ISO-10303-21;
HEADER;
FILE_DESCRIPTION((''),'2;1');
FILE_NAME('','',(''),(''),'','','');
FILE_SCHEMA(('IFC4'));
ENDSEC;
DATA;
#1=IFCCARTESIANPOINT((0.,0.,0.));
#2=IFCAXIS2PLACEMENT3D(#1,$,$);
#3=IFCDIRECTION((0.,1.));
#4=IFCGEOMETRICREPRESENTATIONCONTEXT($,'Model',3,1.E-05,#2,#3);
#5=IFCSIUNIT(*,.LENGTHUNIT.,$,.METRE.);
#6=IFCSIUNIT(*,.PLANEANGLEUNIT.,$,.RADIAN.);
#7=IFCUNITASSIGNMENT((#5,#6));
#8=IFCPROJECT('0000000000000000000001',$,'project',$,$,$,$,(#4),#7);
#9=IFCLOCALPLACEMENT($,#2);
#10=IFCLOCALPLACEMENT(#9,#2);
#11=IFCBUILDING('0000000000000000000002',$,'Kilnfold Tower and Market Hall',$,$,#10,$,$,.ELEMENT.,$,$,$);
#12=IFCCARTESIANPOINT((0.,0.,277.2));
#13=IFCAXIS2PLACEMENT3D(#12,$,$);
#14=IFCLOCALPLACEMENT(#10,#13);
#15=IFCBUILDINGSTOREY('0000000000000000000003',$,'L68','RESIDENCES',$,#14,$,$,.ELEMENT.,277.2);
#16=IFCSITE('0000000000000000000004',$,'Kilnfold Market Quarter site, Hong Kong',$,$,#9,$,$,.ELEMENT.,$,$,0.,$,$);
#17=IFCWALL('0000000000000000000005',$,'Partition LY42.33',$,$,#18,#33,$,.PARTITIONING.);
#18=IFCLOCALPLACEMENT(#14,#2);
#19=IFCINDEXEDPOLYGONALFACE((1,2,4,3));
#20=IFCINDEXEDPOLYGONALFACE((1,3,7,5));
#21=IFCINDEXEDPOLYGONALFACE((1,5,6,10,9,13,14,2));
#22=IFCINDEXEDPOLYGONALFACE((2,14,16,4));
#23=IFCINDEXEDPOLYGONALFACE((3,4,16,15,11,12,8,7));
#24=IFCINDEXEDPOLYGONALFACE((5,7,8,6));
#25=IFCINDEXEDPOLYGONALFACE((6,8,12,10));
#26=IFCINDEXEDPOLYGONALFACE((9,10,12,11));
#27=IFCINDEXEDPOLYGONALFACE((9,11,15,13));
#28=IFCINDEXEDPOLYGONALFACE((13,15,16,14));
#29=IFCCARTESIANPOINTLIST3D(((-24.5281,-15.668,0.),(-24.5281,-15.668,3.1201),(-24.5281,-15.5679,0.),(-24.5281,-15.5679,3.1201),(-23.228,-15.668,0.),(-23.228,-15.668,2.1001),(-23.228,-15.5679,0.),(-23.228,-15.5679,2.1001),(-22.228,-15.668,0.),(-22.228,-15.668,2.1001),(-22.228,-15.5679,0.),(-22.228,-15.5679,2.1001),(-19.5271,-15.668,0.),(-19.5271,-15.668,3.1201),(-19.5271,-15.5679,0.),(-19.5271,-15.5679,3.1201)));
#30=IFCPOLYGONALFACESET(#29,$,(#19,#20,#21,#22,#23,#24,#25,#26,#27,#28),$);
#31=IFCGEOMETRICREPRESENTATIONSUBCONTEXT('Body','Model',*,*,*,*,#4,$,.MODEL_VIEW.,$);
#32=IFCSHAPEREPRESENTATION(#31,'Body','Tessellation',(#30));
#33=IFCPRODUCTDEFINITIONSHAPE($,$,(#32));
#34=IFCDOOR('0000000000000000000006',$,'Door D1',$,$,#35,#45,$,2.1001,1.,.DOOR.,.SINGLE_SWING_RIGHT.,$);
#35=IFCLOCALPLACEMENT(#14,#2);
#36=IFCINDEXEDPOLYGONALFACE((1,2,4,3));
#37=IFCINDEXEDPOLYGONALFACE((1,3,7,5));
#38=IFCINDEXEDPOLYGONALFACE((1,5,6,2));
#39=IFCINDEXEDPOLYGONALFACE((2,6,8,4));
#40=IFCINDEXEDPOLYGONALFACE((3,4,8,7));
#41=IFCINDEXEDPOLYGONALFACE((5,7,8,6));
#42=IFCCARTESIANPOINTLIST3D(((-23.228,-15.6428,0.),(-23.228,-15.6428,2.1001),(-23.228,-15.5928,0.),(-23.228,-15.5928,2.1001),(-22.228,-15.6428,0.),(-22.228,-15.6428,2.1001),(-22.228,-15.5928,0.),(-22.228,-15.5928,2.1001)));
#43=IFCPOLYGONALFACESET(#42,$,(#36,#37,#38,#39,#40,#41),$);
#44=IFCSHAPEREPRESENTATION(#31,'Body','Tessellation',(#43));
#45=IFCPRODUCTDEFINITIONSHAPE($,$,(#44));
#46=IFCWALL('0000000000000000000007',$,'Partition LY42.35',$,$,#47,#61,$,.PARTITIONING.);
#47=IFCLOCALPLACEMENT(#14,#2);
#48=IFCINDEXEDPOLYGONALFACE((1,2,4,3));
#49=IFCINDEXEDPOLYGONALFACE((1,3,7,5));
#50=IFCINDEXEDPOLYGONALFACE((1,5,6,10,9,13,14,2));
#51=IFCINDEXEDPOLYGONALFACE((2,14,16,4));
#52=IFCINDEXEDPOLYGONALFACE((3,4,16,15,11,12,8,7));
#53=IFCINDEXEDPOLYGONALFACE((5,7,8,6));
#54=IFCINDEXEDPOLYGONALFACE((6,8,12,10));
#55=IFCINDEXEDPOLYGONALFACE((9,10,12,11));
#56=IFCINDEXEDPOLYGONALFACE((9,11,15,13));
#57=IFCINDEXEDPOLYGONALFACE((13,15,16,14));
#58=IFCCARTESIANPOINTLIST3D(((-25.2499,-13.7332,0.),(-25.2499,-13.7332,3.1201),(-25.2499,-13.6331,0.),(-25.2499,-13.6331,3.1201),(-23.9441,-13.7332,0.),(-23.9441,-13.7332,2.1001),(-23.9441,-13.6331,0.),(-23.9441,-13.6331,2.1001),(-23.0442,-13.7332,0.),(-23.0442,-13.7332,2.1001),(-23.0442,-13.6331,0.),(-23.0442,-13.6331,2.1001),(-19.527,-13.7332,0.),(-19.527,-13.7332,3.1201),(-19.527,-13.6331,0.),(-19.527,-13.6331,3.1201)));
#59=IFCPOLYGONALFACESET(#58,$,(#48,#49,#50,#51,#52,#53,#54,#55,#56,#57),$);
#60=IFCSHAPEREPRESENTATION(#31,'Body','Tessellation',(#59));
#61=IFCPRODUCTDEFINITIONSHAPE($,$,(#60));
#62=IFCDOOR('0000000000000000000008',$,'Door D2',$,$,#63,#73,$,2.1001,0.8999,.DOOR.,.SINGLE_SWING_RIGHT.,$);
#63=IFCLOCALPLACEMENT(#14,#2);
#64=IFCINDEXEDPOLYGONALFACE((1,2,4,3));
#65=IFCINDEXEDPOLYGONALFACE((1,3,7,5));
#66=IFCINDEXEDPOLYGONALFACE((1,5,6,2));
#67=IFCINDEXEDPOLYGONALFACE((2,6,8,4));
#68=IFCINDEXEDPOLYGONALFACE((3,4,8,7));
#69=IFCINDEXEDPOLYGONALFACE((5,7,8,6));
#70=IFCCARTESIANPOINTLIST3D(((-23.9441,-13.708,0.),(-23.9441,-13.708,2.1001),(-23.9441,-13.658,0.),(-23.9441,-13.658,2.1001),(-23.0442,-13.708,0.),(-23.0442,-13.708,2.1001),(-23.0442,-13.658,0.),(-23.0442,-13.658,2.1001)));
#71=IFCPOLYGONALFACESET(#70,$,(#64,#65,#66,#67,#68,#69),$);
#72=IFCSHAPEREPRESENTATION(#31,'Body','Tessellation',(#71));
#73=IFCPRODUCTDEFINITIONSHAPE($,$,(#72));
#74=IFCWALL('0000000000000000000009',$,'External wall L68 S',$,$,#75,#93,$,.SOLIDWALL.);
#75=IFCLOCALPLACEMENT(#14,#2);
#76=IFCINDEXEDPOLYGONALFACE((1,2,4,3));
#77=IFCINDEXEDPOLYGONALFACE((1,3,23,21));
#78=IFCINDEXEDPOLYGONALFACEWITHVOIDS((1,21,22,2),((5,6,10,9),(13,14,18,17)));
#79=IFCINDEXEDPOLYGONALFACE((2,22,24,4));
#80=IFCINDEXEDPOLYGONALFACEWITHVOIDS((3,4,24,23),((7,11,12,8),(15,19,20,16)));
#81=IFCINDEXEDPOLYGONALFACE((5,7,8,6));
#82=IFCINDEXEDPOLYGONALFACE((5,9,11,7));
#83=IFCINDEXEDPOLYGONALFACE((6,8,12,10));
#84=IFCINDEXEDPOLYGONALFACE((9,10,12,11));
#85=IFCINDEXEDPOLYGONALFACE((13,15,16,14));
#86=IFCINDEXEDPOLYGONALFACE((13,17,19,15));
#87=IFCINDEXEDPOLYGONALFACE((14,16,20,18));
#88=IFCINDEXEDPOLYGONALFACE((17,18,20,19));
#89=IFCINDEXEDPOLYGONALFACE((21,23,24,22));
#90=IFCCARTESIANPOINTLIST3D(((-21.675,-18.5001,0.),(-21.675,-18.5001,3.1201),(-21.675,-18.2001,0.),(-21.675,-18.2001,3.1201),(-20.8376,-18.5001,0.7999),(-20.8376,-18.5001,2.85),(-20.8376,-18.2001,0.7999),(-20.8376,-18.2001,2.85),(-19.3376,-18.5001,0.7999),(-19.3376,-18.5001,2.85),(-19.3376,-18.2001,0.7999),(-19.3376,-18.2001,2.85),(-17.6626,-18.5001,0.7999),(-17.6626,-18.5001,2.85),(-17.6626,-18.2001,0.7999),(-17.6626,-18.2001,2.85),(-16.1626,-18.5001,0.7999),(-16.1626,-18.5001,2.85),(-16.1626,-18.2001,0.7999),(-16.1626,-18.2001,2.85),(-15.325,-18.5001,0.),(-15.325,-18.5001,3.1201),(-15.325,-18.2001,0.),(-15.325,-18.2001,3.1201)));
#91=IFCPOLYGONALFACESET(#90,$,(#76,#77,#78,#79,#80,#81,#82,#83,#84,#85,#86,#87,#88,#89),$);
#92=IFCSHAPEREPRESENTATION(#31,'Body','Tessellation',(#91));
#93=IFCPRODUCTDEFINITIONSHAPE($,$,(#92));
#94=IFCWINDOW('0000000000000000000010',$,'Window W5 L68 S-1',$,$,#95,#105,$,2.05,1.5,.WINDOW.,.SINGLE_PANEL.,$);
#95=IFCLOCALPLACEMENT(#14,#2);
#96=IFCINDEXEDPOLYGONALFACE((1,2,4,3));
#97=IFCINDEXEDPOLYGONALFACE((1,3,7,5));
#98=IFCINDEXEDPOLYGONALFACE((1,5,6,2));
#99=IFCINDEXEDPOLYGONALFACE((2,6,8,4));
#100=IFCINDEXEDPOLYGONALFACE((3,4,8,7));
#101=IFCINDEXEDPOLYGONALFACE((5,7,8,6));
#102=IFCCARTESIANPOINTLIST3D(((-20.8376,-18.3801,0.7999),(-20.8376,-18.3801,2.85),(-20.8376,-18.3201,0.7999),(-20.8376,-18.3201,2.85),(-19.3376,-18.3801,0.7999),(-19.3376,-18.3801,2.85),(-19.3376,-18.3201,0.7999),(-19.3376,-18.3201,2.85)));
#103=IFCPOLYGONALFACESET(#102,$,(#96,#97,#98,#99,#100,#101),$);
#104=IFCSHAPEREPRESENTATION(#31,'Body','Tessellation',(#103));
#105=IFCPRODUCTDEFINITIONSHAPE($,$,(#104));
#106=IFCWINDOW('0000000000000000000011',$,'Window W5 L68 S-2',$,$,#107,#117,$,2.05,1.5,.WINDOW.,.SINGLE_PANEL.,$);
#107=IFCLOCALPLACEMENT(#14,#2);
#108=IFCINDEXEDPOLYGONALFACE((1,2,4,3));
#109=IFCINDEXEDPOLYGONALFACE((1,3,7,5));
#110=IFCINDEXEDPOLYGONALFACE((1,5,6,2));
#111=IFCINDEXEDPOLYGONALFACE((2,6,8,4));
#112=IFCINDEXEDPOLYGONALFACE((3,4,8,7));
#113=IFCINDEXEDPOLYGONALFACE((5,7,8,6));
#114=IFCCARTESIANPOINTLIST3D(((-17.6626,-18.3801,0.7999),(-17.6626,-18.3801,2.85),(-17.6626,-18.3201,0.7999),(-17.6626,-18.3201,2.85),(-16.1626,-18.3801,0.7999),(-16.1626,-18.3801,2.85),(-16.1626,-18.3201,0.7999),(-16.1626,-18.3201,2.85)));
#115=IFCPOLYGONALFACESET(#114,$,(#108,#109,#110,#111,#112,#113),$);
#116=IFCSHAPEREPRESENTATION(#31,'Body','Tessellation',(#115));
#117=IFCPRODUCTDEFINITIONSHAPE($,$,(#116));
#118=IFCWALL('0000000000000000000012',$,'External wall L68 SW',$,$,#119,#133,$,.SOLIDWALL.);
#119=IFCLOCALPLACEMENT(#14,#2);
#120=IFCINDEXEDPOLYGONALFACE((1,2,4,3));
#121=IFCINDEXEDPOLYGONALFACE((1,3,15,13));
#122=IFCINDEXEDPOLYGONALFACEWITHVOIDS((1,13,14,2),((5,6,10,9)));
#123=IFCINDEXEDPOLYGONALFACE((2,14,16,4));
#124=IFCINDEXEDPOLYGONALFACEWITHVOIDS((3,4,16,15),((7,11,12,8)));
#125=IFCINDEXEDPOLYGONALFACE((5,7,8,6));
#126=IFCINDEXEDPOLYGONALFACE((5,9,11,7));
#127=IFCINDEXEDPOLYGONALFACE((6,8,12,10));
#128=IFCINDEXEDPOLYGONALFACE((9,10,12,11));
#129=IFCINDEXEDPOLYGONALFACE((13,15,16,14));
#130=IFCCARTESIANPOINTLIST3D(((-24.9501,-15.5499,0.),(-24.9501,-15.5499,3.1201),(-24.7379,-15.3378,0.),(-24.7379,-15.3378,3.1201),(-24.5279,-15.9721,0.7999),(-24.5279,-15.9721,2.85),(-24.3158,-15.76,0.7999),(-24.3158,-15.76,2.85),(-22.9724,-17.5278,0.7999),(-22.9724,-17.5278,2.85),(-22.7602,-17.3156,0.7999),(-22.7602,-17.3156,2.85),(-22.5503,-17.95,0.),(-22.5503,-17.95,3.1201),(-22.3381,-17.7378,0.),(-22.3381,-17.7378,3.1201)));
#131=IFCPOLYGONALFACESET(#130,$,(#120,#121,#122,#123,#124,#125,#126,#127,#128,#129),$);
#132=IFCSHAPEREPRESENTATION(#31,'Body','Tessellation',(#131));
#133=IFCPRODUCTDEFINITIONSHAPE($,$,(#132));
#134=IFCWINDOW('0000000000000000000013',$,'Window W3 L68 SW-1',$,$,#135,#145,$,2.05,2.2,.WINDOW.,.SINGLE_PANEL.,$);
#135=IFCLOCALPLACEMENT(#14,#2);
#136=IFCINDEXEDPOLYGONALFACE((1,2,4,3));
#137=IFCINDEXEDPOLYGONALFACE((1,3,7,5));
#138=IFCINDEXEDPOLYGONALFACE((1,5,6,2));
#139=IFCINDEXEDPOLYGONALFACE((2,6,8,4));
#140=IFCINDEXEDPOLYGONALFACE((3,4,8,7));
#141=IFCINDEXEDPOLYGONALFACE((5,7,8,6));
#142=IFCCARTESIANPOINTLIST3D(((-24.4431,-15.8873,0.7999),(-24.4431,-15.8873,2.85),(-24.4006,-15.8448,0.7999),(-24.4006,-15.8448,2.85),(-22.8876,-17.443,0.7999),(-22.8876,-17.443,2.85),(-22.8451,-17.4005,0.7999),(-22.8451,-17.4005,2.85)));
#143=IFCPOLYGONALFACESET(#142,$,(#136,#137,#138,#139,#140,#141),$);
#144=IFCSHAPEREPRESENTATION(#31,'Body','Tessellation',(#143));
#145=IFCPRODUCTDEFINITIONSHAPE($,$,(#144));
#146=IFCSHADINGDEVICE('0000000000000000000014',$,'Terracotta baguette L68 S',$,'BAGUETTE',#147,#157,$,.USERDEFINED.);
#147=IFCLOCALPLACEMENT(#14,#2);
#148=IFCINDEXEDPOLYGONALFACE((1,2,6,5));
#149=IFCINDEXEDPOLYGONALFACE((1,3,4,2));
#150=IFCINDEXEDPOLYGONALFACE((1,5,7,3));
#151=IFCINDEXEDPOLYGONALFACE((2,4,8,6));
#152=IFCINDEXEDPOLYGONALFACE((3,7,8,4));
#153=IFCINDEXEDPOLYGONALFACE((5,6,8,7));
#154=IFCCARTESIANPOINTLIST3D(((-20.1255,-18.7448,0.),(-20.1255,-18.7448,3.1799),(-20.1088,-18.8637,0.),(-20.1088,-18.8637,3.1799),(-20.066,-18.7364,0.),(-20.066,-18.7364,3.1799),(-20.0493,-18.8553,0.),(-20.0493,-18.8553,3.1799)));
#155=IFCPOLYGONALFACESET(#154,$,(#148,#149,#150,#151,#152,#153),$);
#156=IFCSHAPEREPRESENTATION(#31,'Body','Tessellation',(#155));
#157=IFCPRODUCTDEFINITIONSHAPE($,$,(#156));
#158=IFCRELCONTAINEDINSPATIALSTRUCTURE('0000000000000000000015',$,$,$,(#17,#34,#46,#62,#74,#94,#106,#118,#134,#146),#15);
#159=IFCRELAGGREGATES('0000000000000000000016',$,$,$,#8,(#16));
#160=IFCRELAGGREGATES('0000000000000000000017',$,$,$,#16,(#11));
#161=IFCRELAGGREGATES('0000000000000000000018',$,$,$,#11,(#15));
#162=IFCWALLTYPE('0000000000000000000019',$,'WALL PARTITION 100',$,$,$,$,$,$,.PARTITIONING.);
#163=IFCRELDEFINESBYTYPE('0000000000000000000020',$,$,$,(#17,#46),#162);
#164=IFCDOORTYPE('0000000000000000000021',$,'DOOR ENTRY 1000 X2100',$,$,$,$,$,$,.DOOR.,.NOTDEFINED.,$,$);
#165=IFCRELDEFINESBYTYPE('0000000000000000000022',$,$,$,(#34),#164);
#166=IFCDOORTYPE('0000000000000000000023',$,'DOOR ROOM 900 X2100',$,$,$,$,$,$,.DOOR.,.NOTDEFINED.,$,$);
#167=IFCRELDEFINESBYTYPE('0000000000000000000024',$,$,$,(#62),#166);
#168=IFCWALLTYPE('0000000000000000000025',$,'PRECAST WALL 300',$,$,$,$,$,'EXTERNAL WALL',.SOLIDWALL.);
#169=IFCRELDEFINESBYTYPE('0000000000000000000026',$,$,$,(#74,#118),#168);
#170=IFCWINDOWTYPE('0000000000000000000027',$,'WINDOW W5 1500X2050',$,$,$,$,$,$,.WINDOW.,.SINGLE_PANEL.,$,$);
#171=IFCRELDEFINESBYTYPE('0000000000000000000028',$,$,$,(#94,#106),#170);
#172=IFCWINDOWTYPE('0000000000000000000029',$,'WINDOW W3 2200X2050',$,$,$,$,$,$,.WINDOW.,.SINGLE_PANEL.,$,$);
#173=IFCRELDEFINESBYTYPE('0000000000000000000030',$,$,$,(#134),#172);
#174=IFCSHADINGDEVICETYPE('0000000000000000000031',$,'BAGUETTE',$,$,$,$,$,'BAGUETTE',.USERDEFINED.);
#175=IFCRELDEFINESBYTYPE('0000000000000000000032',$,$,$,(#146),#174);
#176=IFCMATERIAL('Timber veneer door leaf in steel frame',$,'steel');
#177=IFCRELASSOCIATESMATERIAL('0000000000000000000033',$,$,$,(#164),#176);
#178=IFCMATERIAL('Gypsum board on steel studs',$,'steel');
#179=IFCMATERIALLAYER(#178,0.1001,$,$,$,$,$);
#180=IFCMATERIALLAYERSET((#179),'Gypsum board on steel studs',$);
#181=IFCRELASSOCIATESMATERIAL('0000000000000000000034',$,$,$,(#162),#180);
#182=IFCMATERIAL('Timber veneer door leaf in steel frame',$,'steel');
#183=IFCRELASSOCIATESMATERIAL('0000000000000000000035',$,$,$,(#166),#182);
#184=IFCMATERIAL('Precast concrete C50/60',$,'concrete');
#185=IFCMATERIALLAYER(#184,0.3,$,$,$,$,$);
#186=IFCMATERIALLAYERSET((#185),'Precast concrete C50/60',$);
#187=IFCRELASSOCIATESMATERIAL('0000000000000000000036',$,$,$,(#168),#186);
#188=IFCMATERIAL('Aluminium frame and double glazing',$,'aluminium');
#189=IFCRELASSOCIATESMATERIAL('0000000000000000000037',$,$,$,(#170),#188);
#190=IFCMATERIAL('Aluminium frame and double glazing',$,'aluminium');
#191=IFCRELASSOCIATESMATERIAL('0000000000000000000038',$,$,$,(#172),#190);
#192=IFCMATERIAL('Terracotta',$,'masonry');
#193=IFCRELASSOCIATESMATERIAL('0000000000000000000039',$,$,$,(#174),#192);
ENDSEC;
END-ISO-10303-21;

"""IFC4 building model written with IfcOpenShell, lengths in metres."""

from ifc_helpers import new_model, si_unit, direction, frame, frame_2d, origin, origin_2d, place, context, subcontext, project, spatial, rectangle, extrude, source, transform, mapped, material, layer, layer_set, material_profile, profile_set, type_object, element, fill, save


model = new_model("IFC4")

# Units and contexts
model_context = context("Model", 3, precision=1e-05, world=origin(), true_north=direction((0.0, 1.0)))
body_context = subcontext(model_context, "Body", "Model", "MODEL_VIEW")
ifc_project = project(units=[si_unit("LENGTHUNIT", "METRE"), si_unit("PLANEANGLEUNIT", "RADIAN")], contexts=[model_context])

# Site, building, storey
site_placement = place(None, origin())
site = spatial("IfcSite", under=ifc_project, at=site_placement, Name="Kilnfold Market Quarter site, Hong Kong", CompositionType="ELEMENT", RefElevation=0.0)
building_placement = place(site_placement, origin())
building = spatial("IfcBuilding", under=site, at=building_placement, Name="Kilnfold Tower and Market Hall", CompositionType="ELEMENT")
storey_placement = place(building_placement, frame((0.0, 0.0, 277.2)))
storey = spatial("IfcBuildingStorey", under=building, at=storey_placement, Name="L68", Description="RESIDENCES", CompositionType="ELEMENT", Elevation=277.2)

# Shared definitions
ifc_material_1 = material(Name="Timber veneer door leaf in steel frame", Category="steel")
door_type_1 = type_object("IfcDoorType", Name="DOOR ENTRY 1000 X2100", OperationType="NOTDEFINED", PredefinedType="DOOR", material=ifc_material_1)

# Walls, openings, doors
ifc_material_2 = material(Name="Gypsum board on steel studs", Category="steel")
ifc_layer_1 = layer(ifc_material_2, 0.1001)
ifc_layer_set_1 = layer_set([ifc_layer_1], Name="Gypsum board on steel studs")
wall_type_1 = type_object("IfcWallType", Name="WALL PARTITION 100", PredefinedType="PARTITIONING", material=ifc_layer_set_1)
wall_1_placement = place(storey_placement, frame((-19.5271, -15.6179, 0.0), z_axis=(0.0, 0.0, 1.0), x_axis=(-1.0, 0.0, 0.0)))
wall_1 = element("IfcWall", 1, at=wall_1_placement, inside=storey, type_object=wall_type_1, Name="Partition LY42.33", PredefinedType="PARTITIONING", context=body_context, shape_type="SweptSolid", body=[
    extrude(rectangle(XDim=5.001, YDim=0.1001, at=frame_2d((2.5005, 0.0))), origin(), (0.0, 0.0, 1.0), 3.1201),
])
opening_1_placement = place(wall_1_placement, frame((2.7009, 0.0, 0.0)))
opening_1 = element("IfcOpeningElement", 2, at=opening_1_placement, cuts=wall_1, PredefinedType="OPENING", context=body_context, shape_type="SweptSolid", body=[
    extrude(rectangle(XDim=1.0, YDim=2.1001, at=frame_2d((0.5, 1.05))), frame((0.0, 0.0601, 0.0), z_axis=(0.0, -1.0, 0.0), x_axis=(1.0, 0.0, 0.0)), (0.0, 0.0, 1.0), 0.1201),
])
door_1_placement = place(opening_1_placement, origin())
door_1 = element("IfcDoor", 3, at=door_1_placement, inside=storey, type_object=door_type_1, Name="Door D1", OperationType="SINGLE_SWING_RIGHT", OverallHeight=2.1001, OverallWidth=1.0, PredefinedType="DOOR", context=body_context, shape_type="SweptSolid", body=[
    extrude(rectangle(XDim=1.0, YDim=2.1001, at=frame_2d((0.5, 1.05))), frame((0.0, 0.0249, 0.0), z_axis=(0.0, -1.0, 0.0), x_axis=(1.0, 0.0, 0.0)), (0.0, 0.0, 1.0), 0.05),
])
fill(opening_1, door_1)
wall_2_placement = place(storey_placement, frame((-19.5271, -13.6831, 0.0), z_axis=(0.0, 0.0, 1.0), x_axis=(-1.0, 0.0, 0.0)))
wall_2 = element("IfcWall", 4, at=wall_2_placement, inside=storey, type_object=wall_type_1, Name="Partition LY42.35", PredefinedType="PARTITIONING", context=body_context, shape_type="SweptSolid", body=[
    extrude(rectangle(XDim=5.7229, YDim=0.1001, at=frame_2d((2.8613, 0.0))), origin(), (0.0, 0.0, 1.0), 3.1201),
])
opening_2_placement = place(wall_2_placement, frame((3.5171, 0.0, 0.0)))
opening_2 = element("IfcOpeningElement", 5, at=opening_2_placement, cuts=wall_2, PredefinedType="OPENING", context=body_context, shape_type="SweptSolid", body=[
    extrude(rectangle(XDim=0.8999, YDim=2.1001, at=frame_2d((0.45, 1.05))), frame((0.0, 0.0601, 0.0), z_axis=(0.0, -1.0, 0.0), x_axis=(1.0, 0.0, 0.0)), (0.0, 0.0, 1.0), 0.1201),
])
ifc_material_3 = material(Name="Timber veneer door leaf in steel frame", Category="steel")
door_type_2 = type_object("IfcDoorType", Name="DOOR ROOM 900 X2100", OperationType="NOTDEFINED", PredefinedType="DOOR", material=ifc_material_3)
door_2_placement = place(opening_2_placement, origin())
door_2 = element("IfcDoor", 6, at=door_2_placement, inside=storey, type_object=door_type_2, Name="Door D2", OperationType="SINGLE_SWING_RIGHT", OverallHeight=2.1001, OverallWidth=0.8999, PredefinedType="DOOR", context=body_context, shape_type="SweptSolid", body=[
    extrude(rectangle(XDim=0.8999, YDim=2.1001, at=frame_2d((0.45, 1.05))), frame((0.0, 0.0249, 0.0), z_axis=(0.0, -1.0, 0.0), x_axis=(1.0, 0.0, 0.0)), (0.0, 0.0, 1.0), 0.05),
])
fill(opening_2, door_2)

# Wall, openings, windows
ifc_material_4 = material(Name="Precast concrete C50/60", Category="concrete")
ifc_layer_2 = layer(ifc_material_4, 0.3)
ifc_layer_set_2 = layer_set([ifc_layer_2], Name="Precast concrete C50/60")
wall_type_2 = type_object("IfcWallType", Name="PRECAST WALL 300", ElementType="EXTERNAL WALL", PredefinedType="SOLIDWALL", material=ifc_layer_set_2)
shared_shape_1 = source(origin(), body_context, "Body", "SweptSolid", [
    extrude(rectangle(XDim=6.3501, YDim=0.3, at=frame_2d((3.175, 0.0))), origin(), (0.0, 0.0, 1.0), 3.1201),
])
wall_3_placement = place(storey_placement, frame((-21.675, -18.3501, 0.0), z_axis=(0.0, 0.0, 1.0), x_axis=(1.0, 0.0, 0.0)))
wall_3 = element("IfcWall", 7, at=wall_3_placement, inside=storey, type_object=wall_type_2, Name="External wall L68 S", PredefinedType="SOLIDWALL", context=body_context, shape_type="MappedRepresentation", body=[
    mapped(shared_shape_1, transform((0.0, 0.0, 0.0))),
])
opening_3_placement = place(wall_3_placement, frame((0.8374, 0.0, 0.8)))
opening_3 = element("IfcOpeningElement", 8, at=opening_3_placement, cuts=wall_3, PredefinedType="OPENING", context=body_context, shape_type="SweptSolid", body=[
    extrude(rectangle(XDim=1.5, YDim=2.05, at=frame_2d((0.75, 1.0249))), frame((0.0, 0.1602, 0.0), z_axis=(0.0, -1.0, 0.0), x_axis=(1.0, 0.0, 0.0)), (0.0, 0.0, 1.0), 0.3201),
])
opening_4_placement = place(wall_3_placement, frame((4.0125, 0.0, 0.8)))
opening_4 = element("IfcOpeningElement", 9, at=opening_4_placement, cuts=wall_3, PredefinedType="OPENING", context=body_context, shape_type="SweptSolid", body=[
    extrude(rectangle(XDim=1.5, YDim=2.05, at=frame_2d((0.75, 1.0249))), frame((0.0, 0.1602, 0.0), z_axis=(0.0, -1.0, 0.0), x_axis=(1.0, 0.0, 0.0)), (0.0, 0.0, 1.0), 0.3201),
])
ifc_material_5 = material(Name="Aluminium frame and double glazing", Category="aluminium")
window_type_1 = type_object("IfcWindowType", Name="WINDOW W5 1500X2050", PartitioningType="SINGLE_PANEL", PredefinedType="WINDOW", material=ifc_material_5)
window_1_placement = place(opening_3_placement, origin())
window_1 = element("IfcWindow", 10, at=window_1_placement, inside=storey, type_object=window_type_1, Name="Window W5 L68 S-1", OverallHeight=2.05, OverallWidth=1.5, PartitioningType="SINGLE_PANEL", PredefinedType="WINDOW", context=body_context, shape_type="SweptSolid", body=[
    extrude(rectangle(XDim=1.5, YDim=2.05, at=frame_2d((0.75, 1.0249))), frame((0.0, 0.03, 0.0), z_axis=(0.0, -1.0, 0.0), x_axis=(1.0, 0.0, 0.0)), (0.0, 0.0, 1.0), 0.0601),
])
fill(opening_3, window_1)
window_2_placement = place(opening_4_placement, origin())
window_2 = element("IfcWindow", 11, at=window_2_placement, inside=storey, type_object=window_type_1, Name="Window W5 L68 S-2", OverallHeight=2.05, OverallWidth=1.5, PartitioningType="SINGLE_PANEL", PredefinedType="WINDOW", context=body_context, shape_type="SweptSolid", body=[
    extrude(rectangle(XDim=1.5, YDim=2.05, at=frame_2d((0.75, 1.0249))), frame((0.0, 0.03, 0.0), z_axis=(0.0, -1.0, 0.0), x_axis=(1.0, 0.0, 0.0)), (0.0, 0.0, 1.0), 0.0601),
])
fill(opening_4, window_2)

# Wall, opening, window
shared_shape_2 = source(origin(), body_context, "Body", "SweptSolid", [
    extrude(rectangle(XDim=3.394, YDim=0.3, at=frame_2d((1.697, 0.0))), origin(), (0.0, 0.0, 1.0), 3.1201),
])
wall_4_placement = place(storey_placement, frame((-24.844, -15.4438, 0.0), z_axis=(0.0, 0.0, 1.0), x_axis=(0.707071, -0.707143, 0.0)))
wall_4 = element("IfcWall", 12, at=wall_4_placement, inside=storey, type_object=wall_type_2, Name="External wall L68 SW", PredefinedType="SOLIDWALL", context=body_context, shape_type="MappedRepresentation", body=[
    mapped(shared_shape_2, transform((0.0, 0.0, 0.0))),
])
opening_5_placement = place(wall_4_placement, frame((0.5969, 0.0, 0.8)))
opening_5 = element("IfcOpeningElement", 13, at=opening_5_placement, cuts=wall_4, PredefinedType="OPENING", context=body_context, shape_type="SweptSolid", body=[
    extrude(rectangle(XDim=2.2, YDim=2.05, at=frame_2d((1.1001, 1.0249))), frame((0.0, 0.1602, 0.0), z_axis=(0.0, -1.0, 0.0), x_axis=(1.0, 0.0, 0.0)), (0.0, 0.0, 1.0), 0.3201),
])
ifc_material_6 = material(Name="Aluminium frame and double glazing", Category="aluminium")
window_type_2 = type_object("IfcWindowType", Name="WINDOW W3 2200X2050", PartitioningType="SINGLE_PANEL", PredefinedType="WINDOW", material=ifc_material_6)
window_3_placement = place(opening_5_placement, origin())
window_3 = element("IfcWindow", 14, at=window_3_placement, inside=storey, type_object=window_type_2, Name="Window W3 L68 SW-1", OverallHeight=2.05, OverallWidth=2.2, PartitioningType="SINGLE_PANEL", PredefinedType="WINDOW", context=body_context, shape_type="SweptSolid", body=[
    extrude(rectangle(XDim=2.2, YDim=2.05, at=frame_2d((1.1001, 1.0249))), frame((0.0, 0.03, 0.0), z_axis=(0.0, -1.0, 0.0), x_axis=(1.0, 0.0, 0.0)), (0.0, 0.0, 1.0), 0.0601),
])
fill(opening_5, window_3)

# Shading device
ifc_material_7 = material(Name="Terracotta", Category="masonry")
ifc_material_profile_1 = material_profile(ifc_material_7, rectangle(XDim=0.0601, YDim=0.1201, at=origin_2d()), Name="BAG 60x120")
ifc_profile_set_1 = profile_set([ifc_material_profile_1], Name="Terracotta")
shading_device_type = type_object("IfcShadingDeviceType", Name="BAGUETTE", ElementType="BAGUETTE", PredefinedType="USERDEFINED", material=ifc_profile_set_1)
shared_shape_3 = source(origin(), body_context, "Body", "SweptSolid", [
    extrude(rectangle(XDim=0.0601, YDim=0.1201, at=origin_2d()), origin(), (0.0, 0.0, 1.0), 3.1799),
])
shading_device_placement = place(storey_placement, frame((-20.0874, -18.8, 0.0), z_axis=(0.0, 0.0, 1.0), x_axis=(0.990272, 0.139142, 0.0)))
element("IfcShadingDevice", 15, at=shading_device_placement, inside=storey, type_object=shading_device_type, Name="Terracotta baguette L68 S", ObjectType="BAGUETTE", PredefinedType="USERDEFINED", context=body_context, shape_type="MappedRepresentation", body=[
    mapped(shared_shape_3, transform((0.0, 0.0, 0.0))),
])

save(model, "model.ifc")
